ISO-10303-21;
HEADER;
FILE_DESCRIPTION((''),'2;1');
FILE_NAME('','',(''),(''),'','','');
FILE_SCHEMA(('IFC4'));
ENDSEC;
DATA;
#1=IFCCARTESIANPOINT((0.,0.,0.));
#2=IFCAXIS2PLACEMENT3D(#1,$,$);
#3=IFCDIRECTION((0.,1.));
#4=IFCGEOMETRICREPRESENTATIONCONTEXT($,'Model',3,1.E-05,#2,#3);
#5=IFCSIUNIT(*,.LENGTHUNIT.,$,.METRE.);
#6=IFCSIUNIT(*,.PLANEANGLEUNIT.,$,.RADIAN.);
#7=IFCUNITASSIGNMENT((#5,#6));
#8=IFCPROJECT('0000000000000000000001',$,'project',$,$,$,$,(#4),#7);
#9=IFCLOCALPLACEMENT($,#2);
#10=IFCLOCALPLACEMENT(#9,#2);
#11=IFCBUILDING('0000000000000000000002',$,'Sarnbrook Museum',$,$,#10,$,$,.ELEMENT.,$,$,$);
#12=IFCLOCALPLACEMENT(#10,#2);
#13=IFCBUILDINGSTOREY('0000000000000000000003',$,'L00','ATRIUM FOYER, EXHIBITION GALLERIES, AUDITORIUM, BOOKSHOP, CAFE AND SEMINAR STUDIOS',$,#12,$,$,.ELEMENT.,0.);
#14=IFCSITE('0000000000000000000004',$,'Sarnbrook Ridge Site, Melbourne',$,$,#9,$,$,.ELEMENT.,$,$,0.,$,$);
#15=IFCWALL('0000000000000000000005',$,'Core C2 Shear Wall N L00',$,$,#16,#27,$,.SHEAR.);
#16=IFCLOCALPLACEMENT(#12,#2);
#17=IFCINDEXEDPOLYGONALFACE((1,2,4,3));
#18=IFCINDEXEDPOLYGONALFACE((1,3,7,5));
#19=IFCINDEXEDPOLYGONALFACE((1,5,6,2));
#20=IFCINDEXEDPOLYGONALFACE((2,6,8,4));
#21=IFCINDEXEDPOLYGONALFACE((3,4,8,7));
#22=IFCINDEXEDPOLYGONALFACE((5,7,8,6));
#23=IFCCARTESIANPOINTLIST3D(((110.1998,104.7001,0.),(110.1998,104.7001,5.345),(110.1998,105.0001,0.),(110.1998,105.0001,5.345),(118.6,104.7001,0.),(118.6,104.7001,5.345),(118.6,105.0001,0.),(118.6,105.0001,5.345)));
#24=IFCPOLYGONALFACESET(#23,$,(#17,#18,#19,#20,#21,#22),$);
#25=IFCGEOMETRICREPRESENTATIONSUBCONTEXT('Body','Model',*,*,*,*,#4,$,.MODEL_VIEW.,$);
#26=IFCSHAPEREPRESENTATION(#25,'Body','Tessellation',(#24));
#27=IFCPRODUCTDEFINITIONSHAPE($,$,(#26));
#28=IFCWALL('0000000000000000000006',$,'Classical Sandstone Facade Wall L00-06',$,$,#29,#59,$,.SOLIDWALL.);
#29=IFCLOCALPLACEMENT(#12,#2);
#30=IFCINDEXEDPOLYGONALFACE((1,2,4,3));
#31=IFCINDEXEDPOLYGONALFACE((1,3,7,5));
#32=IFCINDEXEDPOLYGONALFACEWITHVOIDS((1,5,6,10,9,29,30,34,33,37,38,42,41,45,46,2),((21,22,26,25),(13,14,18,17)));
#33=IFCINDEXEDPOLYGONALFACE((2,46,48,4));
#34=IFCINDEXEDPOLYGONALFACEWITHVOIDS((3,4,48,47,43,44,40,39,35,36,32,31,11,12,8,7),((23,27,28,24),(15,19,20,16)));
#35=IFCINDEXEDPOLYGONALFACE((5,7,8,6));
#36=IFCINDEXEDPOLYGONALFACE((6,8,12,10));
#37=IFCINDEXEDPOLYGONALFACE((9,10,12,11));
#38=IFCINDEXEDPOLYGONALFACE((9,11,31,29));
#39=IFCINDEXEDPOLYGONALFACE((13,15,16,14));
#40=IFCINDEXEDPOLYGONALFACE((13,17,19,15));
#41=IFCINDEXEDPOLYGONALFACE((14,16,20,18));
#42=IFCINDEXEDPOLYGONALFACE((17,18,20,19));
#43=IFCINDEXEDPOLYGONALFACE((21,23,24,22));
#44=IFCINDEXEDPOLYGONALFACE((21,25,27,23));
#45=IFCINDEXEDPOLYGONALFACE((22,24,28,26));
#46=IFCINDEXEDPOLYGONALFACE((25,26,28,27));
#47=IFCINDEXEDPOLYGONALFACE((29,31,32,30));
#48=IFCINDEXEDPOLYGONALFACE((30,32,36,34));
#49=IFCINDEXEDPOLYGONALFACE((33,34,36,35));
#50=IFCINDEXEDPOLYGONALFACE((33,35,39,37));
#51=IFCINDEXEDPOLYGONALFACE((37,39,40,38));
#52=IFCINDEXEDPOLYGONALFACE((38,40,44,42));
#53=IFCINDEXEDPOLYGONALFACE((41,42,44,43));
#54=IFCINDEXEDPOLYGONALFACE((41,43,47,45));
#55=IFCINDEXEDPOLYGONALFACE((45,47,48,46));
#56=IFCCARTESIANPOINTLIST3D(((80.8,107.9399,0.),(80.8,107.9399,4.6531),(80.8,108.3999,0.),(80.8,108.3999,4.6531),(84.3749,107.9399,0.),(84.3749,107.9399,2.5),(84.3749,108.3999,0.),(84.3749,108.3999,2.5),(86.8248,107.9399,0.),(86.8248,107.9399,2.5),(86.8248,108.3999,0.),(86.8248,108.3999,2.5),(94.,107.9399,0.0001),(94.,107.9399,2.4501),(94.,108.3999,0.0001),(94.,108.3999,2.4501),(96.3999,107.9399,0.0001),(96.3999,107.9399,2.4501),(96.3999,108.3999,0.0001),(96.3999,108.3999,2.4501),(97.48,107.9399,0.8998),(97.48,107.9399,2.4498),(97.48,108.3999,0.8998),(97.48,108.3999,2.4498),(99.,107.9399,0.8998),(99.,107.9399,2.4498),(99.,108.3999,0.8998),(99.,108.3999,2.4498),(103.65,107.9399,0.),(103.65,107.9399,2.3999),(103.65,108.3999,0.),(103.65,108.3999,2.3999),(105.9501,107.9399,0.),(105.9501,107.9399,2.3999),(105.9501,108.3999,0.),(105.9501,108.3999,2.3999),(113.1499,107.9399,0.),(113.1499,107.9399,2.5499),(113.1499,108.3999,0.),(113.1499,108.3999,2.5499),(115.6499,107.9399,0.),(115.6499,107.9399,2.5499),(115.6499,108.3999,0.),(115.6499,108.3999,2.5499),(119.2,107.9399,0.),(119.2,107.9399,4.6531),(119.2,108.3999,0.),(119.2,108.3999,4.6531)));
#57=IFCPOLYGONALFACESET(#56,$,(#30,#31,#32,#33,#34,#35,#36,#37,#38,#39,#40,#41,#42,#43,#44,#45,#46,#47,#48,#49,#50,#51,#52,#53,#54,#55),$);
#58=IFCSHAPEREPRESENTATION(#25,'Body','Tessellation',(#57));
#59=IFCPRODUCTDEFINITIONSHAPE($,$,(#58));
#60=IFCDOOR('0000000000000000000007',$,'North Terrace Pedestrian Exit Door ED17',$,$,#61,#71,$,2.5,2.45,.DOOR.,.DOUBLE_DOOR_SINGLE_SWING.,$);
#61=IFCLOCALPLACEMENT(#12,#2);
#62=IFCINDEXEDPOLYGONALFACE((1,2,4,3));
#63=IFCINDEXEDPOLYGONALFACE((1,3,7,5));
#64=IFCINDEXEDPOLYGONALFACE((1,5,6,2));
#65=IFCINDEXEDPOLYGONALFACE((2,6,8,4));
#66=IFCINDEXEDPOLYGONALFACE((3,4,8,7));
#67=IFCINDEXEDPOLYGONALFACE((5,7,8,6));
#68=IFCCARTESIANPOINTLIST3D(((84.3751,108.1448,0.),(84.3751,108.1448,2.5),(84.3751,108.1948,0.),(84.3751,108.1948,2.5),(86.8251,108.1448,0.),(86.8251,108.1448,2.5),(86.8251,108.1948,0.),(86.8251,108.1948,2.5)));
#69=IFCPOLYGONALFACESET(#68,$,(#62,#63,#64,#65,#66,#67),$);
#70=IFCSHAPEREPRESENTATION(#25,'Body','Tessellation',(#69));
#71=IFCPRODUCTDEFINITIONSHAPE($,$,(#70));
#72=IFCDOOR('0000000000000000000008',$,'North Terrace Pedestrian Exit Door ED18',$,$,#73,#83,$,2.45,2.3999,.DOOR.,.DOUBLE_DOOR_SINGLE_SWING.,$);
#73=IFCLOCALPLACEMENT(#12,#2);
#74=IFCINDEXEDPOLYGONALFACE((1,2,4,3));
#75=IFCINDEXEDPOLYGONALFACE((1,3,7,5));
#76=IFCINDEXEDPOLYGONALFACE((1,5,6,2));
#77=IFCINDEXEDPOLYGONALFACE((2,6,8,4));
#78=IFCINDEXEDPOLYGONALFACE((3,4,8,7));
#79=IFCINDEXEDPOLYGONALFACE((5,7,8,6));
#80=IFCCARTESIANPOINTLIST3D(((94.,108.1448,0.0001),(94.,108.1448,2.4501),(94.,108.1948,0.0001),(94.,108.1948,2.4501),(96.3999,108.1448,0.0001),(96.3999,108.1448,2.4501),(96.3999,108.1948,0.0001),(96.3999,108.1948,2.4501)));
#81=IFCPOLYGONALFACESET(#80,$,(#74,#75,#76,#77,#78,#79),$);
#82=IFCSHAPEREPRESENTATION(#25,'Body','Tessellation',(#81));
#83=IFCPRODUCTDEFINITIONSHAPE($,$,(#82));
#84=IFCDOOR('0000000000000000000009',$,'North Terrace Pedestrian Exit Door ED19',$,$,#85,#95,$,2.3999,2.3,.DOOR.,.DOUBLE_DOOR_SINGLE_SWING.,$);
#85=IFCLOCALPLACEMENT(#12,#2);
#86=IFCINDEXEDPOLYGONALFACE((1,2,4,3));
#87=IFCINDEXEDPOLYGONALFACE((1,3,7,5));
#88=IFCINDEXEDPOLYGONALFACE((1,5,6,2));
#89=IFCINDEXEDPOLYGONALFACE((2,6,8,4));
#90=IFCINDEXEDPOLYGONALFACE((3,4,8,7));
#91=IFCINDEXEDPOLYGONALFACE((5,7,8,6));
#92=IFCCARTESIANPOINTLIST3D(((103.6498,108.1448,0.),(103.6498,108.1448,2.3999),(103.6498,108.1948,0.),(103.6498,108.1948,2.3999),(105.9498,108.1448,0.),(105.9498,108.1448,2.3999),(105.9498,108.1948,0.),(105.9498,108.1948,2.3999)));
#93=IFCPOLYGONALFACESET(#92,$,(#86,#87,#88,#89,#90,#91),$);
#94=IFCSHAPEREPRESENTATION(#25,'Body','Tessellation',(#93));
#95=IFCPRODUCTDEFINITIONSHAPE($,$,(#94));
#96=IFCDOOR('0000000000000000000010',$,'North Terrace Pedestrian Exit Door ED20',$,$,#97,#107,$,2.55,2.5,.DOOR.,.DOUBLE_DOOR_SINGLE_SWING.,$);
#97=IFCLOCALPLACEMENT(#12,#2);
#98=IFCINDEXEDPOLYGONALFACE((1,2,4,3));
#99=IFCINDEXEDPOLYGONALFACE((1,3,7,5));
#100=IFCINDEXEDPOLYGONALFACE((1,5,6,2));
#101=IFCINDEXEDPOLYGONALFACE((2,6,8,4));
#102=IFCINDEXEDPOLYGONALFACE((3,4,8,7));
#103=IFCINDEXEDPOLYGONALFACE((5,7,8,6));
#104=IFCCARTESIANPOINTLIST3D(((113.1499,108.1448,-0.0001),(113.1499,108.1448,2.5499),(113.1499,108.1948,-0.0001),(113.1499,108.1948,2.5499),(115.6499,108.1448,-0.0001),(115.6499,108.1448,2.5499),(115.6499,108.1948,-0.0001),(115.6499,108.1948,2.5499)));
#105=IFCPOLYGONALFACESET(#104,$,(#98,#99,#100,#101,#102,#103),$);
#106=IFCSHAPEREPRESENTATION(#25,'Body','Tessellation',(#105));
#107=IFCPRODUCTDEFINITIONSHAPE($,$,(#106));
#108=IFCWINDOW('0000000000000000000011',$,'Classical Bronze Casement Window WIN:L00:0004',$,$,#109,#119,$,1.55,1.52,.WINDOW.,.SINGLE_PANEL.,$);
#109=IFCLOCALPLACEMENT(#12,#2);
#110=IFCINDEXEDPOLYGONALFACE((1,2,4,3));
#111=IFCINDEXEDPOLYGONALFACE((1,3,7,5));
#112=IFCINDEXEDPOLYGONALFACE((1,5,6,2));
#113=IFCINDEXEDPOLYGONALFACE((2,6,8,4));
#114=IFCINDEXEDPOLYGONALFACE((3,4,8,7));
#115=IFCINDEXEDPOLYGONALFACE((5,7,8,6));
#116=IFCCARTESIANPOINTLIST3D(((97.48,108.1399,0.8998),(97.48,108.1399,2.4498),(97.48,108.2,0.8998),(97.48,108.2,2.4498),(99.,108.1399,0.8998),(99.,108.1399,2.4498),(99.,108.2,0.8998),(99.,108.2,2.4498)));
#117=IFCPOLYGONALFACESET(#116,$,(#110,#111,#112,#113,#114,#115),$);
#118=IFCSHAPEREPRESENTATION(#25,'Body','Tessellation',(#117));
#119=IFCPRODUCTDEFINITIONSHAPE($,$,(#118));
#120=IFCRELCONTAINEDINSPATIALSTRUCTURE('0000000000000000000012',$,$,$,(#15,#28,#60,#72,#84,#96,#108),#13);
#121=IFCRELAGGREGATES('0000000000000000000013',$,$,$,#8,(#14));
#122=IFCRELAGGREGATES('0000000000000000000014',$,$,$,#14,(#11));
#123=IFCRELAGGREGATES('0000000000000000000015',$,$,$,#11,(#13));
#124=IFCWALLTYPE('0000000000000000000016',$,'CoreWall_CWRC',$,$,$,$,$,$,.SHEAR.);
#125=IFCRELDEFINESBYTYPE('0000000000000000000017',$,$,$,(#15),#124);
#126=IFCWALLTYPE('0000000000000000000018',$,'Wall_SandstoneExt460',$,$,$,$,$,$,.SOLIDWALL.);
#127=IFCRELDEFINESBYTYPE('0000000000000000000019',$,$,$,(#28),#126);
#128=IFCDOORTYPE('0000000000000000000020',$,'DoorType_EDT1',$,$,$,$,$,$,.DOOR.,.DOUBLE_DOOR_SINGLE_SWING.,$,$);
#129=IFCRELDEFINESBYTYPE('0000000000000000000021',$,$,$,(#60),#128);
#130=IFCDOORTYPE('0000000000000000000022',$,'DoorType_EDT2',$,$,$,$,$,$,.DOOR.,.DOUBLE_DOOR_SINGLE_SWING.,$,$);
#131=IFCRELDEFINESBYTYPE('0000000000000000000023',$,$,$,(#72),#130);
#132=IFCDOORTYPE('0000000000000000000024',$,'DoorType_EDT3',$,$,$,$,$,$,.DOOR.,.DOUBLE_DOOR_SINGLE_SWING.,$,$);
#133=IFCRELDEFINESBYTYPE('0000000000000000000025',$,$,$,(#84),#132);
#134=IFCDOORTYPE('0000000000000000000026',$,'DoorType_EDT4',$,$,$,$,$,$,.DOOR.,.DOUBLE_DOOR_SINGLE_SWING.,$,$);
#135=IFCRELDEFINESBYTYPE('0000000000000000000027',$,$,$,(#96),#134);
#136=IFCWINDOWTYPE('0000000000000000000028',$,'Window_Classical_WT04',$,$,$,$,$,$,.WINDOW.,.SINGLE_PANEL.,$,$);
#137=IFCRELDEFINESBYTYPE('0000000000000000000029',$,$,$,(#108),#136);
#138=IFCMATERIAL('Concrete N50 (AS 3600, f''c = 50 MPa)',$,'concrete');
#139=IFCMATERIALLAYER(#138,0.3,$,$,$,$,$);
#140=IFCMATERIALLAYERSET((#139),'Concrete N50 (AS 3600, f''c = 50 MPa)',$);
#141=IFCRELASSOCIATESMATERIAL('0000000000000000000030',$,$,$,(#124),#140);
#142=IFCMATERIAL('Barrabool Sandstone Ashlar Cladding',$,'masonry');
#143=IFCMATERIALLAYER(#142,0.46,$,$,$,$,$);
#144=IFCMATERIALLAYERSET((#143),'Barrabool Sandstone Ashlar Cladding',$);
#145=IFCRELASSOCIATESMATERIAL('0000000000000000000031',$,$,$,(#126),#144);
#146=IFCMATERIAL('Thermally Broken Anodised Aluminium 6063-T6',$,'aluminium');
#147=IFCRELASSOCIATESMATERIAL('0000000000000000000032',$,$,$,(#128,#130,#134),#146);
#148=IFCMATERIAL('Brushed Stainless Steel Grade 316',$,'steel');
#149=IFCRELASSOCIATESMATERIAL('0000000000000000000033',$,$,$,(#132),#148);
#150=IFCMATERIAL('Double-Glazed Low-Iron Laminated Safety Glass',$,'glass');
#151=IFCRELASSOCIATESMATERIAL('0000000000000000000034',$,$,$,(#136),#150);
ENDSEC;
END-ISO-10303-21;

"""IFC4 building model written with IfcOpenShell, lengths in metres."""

from ifc_helpers import new_model, si_unit, direction, frame, frame_2d, origin, place, context, subcontext, project, spatial, rectangle, extrude, material, layer, layer_set, type_object, element, fill, save


model = new_model("IFC4")

# Units and contexts
model_context = context("Model", 3, precision=1e-05, world=origin(), true_north=direction((0.0, 1.0)))
body_context = subcontext(model_context, "Body", "Model", "MODEL_VIEW")
ifc_project = project(units=[si_unit("LENGTHUNIT", "METRE"), si_unit("PLANEANGLEUNIT", "RADIAN")], contexts=[model_context])

# Site, building, storey
site_placement = place(None, origin())
site = spatial("IfcSite", under=ifc_project, at=site_placement, Name="Sarnbrook Ridge Site, Melbourne", CompositionType="ELEMENT", RefElevation=0.0)
building_placement = place(site_placement, origin())
building = spatial("IfcBuilding", under=site, at=building_placement, Name="Sarnbrook Museum", CompositionType="ELEMENT")
storey_placement = place(building_placement, origin())
storey = spatial("IfcBuildingStorey", under=building, at=storey_placement, Name="L00", Description="ATRIUM FOYER, EXHIBITION GALLERIES, AUDITORIUM, BOOKSHOP, CAFE AND SEMINAR STUDIOS", CompositionType="ELEMENT", Elevation=0.0)

# Shared definitions
ifc_material_1 = material(Name="Concrete N50 (AS 3600, f'c = 50 MPa)", Category="concrete")

# Shared definitions
ifc_material_2 = material(Name="Thermally Broken Anodised Aluminium 6063-T6", Category="aluminium")

# Shared definitions
ifc_material_3 = material(Name="Double-Glazed Low-Iron Laminated Safety Glass", Category="glass")

# Wall
ifc_layer_1 = layer(ifc_material_1, 0.3)
ifc_layer_set_1 = layer_set([ifc_layer_1], Name="Concrete N50 (AS 3600, f'c = 50 MPa)")
wall_type_1 = type_object("IfcWallType", Name="CoreWall_CWRC", PredefinedType="SHEAR", material=ifc_layer_set_1)
wall_1_placement = place(storey_placement, frame((118.6001, 104.8501, 0.0), z_axis=(0.0, 0.0, 1.0), x_axis=(-1.0, 0.0, 0.0)))
element("IfcWall", 1, at=wall_1_placement, inside=storey, type_object=wall_type_1, Name="Core C2 Shear Wall N L00", PredefinedType="SHEAR", context=body_context, shape_type="SweptSolid", body=[
    extrude(rectangle(XDim=8.4001, YDim=0.3, at=frame_2d((4.2002, 0.0))), origin(), (0.0, 0.0, 1.0), 5.345),
])

# Wall, openings, doors, window
ifc_material_4 = material(Name="Barrabool Sandstone Ashlar Cladding", Category="masonry")
ifc_layer_2 = layer(ifc_material_4, 0.46)
ifc_layer_set_2 = layer_set([ifc_layer_2], Name="Barrabool Sandstone Ashlar Cladding")
wall_type_2 = type_object("IfcWallType", Name="Wall_SandstoneExt460", PredefinedType="SOLIDWALL", material=ifc_layer_set_2)
wall_2_placement = place(storey_placement, frame((119.2, 108.1699, 0.0), z_axis=(0.0, 0.0, 1.0), x_axis=(-1.0, 0.0, 0.0)))
wall_2 = element("IfcWall", 2, at=wall_2_placement, inside=storey, type_object=wall_type_2, Name="Classical Sandstone Facade Wall L00-06", PredefinedType="SOLIDWALL", context=body_context, shape_type="SweptSolid", body=[
    extrude(rectangle(XDim=38.3999, YDim=0.46, at=frame_2d((19.2, 0.0))), origin(), (0.0, 0.0, 1.0), 4.6531),
])
opening_1_placement = place(wall_2_placement, frame((32.375, 0.0, 0.0)))
opening_1 = element("IfcOpeningElement", 3, at=opening_1_placement, cuts=wall_2, PredefinedType="OPENING", context=body_context, shape_type="SweptSolid", body=[
    extrude(rectangle(XDim=2.45, YDim=2.5, at=frame_2d((1.2251, 1.25))), frame((0.0, 0.24, 0.0), z_axis=(0.0, -1.0, 0.0), x_axis=(1.0, 0.0, 0.0)), (0.0, 0.0, 1.0), 0.48),
])
opening_2_placement = place(wall_2_placement, frame((22.8, 0.0, 0.0)))
opening_2 = element("IfcOpeningElement", 4, at=opening_2_placement, cuts=wall_2, PredefinedType="OPENING", context=body_context, shape_type="SweptSolid", body=[
    extrude(rectangle(XDim=2.3999, YDim=2.45, at=frame_2d((1.2, 1.2251))), frame((0.0, 0.24, 0.0), z_axis=(0.0, -1.0, 0.0), x_axis=(1.0, 0.0, 0.0)), (0.0, 0.0, 1.0), 0.48),
])
opening_3_placement = place(wall_2_placement, frame((13.25, 0.0, 0.0)))
opening_3 = element("IfcOpeningElement", 5, at=opening_3_placement, cuts=wall_2, PredefinedType="OPENING", context=body_context, shape_type="SweptSolid", body=[
    extrude(rectangle(XDim=2.3, YDim=2.3999, at=frame_2d((1.1499, 1.2))), frame((0.0, 0.24, 0.0), z_axis=(0.0, -1.0, 0.0), x_axis=(1.0, 0.0, 0.0)), (0.0, 0.0, 1.0), 0.48),
])
opening_4_placement = place(wall_2_placement, frame((3.55, 0.0, 0.0)))
opening_4 = element("IfcOpeningElement", 6, at=opening_4_placement, cuts=wall_2, PredefinedType="OPENING", context=body_context, shape_type="SweptSolid", body=[
    extrude(rectangle(XDim=2.5, YDim=2.55, at=frame_2d((1.25, 1.2749))), frame((0.0, 0.24, 0.0), z_axis=(0.0, -1.0, 0.0), x_axis=(1.0, 0.0, 0.0)), (0.0, 0.0, 1.0), 0.48),
])
opening_5_placement = place(wall_2_placement, frame((20.2, 0.0, 0.8999)))
opening_5 = element("IfcOpeningElement", 7, at=opening_5_placement, cuts=wall_2, PredefinedType="OPENING", context=body_context, shape_type="SweptSolid", body=[
    extrude(rectangle(XDim=1.52, YDim=1.55, at=frame_2d((0.76, 0.7749))), frame((0.0, 0.24, 0.0), z_axis=(0.0, -1.0, 0.0), x_axis=(1.0, 0.0, 0.0)), (0.0, 0.0, 1.0), 0.48),
])
door_type_1 = type_object("IfcDoorType", Name="DoorType_EDT1", OperationType="DOUBLE_DOOR_SINGLE_SWING", PredefinedType="DOOR", material=ifc_material_2)
door_1_placement = place(opening_1_placement, frame((2.45, 0.0, 0.0), z_axis=(0.0, 0.0, 1.0), x_axis=(-1.0, 0.0, 0.0)))
door_1 = element("IfcDoor", 8, at=door_1_placement, inside=storey, type_object=door_type_1, Name="North Terrace Pedestrian Exit Door ED17", OperationType="DOUBLE_DOOR_SINGLE_SWING", OverallHeight=2.5, OverallWidth=2.45, PredefinedType="DOOR", context=body_context, shape_type="SweptSolid", body=[
    extrude(rectangle(XDim=2.45, YDim=2.5, at=frame_2d((1.2251, 1.25))), frame((0.0, 0.0249, 0.0), z_axis=(0.0, -1.0, 0.0), x_axis=(1.0, 0.0, 0.0)), (0.0, 0.0, 1.0), 0.05),
])
fill(opening_1, door_1)
door_type_2 = type_object("IfcDoorType", Name="DoorType_EDT2", OperationType="DOUBLE_DOOR_SINGLE_SWING", PredefinedType="DOOR", material=ifc_material_2)
door_2_placement = place(opening_2_placement, frame((2.3999, 0.0, 0.0), z_axis=(0.0, 0.0, 1.0), x_axis=(-1.0, 0.0, 0.0)))
door_2 = element("IfcDoor", 9, at=door_2_placement, inside=storey, type_object=door_type_2, Name="North Terrace Pedestrian Exit Door ED18", OperationType="DOUBLE_DOOR_SINGLE_SWING", OverallHeight=2.45, OverallWidth=2.3999, PredefinedType="DOOR", context=body_context, shape_type="SweptSolid", body=[
    extrude(rectangle(XDim=2.3999, YDim=2.45, at=frame_2d((1.2, 1.2251))), frame((0.0, 0.0249, 0.0), z_axis=(0.0, -1.0, 0.0), x_axis=(1.0, 0.0, 0.0)), (0.0, 0.0, 1.0), 0.05),
])
fill(opening_2, door_2)
ifc_material_5 = material(Name="Brushed Stainless Steel Grade 316", Category="steel")
door_type_3 = type_object("IfcDoorType", Name="DoorType_EDT3", OperationType="DOUBLE_DOOR_SINGLE_SWING", PredefinedType="DOOR", material=ifc_material_5)
door_3_placement = place(opening_3_placement, frame((2.3, 0.0, 0.0), z_axis=(0.0, 0.0, 1.0), x_axis=(-1.0, 0.0, 0.0)))
door_3 = element("IfcDoor", 10, at=door_3_placement, inside=storey, type_object=door_type_3, Name="North Terrace Pedestrian Exit Door ED19", OperationType="DOUBLE_DOOR_SINGLE_SWING", OverallHeight=2.3999, OverallWidth=2.3, PredefinedType="DOOR", context=body_context, shape_type="SweptSolid", body=[
    extrude(rectangle(XDim=2.3, YDim=2.3999, at=frame_2d((1.1499, 1.2))), frame((0.0, 0.0249, 0.0), z_axis=(0.0, -1.0, 0.0), x_axis=(1.0, 0.0, 0.0)), (0.0, 0.0, 1.0), 0.05),
])
fill(opening_3, door_3)
door_type_4 = type_object("IfcDoorType", Name="DoorType_EDT4", OperationType="DOUBLE_DOOR_SINGLE_SWING", PredefinedType="DOOR", material=ifc_material_2)
door_4_placement = place(opening_4_placement, frame((2.5, 0.0, 0.0), z_axis=(0.0, 0.0, 1.0), x_axis=(-1.0, 0.0, 0.0)))
door_4 = element("IfcDoor", 11, at=door_4_placement, inside=storey, type_object=door_type_4, Name="North Terrace Pedestrian Exit Door ED20", OperationType="DOUBLE_DOOR_SINGLE_SWING", OverallHeight=2.55, OverallWidth=2.5, PredefinedType="DOOR", context=body_context, shape_type="SweptSolid", body=[
    extrude(rectangle(XDim=2.5, YDim=2.55, at=frame_2d((1.25, 1.2749))), frame((0.0, 0.0249, 0.0), z_axis=(0.0, -1.0, 0.0), x_axis=(1.0, 0.0, 0.0)), (0.0, 0.0, 1.0), 0.05),
])
fill(opening_4, door_4)
window_type = type_object("IfcWindowType", Name="Window_Classical_WT04", PartitioningType="SINGLE_PANEL", PredefinedType="WINDOW", material=ifc_material_3)
window_placement = place(opening_5_placement, origin())
window = element("IfcWindow", 12, at=window_placement, inside=storey, type_object=window_type, Name="Classical Bronze Casement Window WIN:L00:0004", OverallHeight=1.55, OverallWidth=1.52, PartitioningType="SINGLE_PANEL", PredefinedType="WINDOW", context=body_context, shape_type="SweptSolid", body=[
    extrude(rectangle(XDim=1.52, YDim=1.55, at=frame_2d((0.76, 0.7749))), frame((0.0, 0.03, 0.0), z_axis=(0.0, -1.0, 0.0), x_axis=(1.0, 0.0, 0.0)), (0.0, 0.0, 1.0), 0.0601),
])
fill(opening_5, window)

save(model, "model.ifc")
